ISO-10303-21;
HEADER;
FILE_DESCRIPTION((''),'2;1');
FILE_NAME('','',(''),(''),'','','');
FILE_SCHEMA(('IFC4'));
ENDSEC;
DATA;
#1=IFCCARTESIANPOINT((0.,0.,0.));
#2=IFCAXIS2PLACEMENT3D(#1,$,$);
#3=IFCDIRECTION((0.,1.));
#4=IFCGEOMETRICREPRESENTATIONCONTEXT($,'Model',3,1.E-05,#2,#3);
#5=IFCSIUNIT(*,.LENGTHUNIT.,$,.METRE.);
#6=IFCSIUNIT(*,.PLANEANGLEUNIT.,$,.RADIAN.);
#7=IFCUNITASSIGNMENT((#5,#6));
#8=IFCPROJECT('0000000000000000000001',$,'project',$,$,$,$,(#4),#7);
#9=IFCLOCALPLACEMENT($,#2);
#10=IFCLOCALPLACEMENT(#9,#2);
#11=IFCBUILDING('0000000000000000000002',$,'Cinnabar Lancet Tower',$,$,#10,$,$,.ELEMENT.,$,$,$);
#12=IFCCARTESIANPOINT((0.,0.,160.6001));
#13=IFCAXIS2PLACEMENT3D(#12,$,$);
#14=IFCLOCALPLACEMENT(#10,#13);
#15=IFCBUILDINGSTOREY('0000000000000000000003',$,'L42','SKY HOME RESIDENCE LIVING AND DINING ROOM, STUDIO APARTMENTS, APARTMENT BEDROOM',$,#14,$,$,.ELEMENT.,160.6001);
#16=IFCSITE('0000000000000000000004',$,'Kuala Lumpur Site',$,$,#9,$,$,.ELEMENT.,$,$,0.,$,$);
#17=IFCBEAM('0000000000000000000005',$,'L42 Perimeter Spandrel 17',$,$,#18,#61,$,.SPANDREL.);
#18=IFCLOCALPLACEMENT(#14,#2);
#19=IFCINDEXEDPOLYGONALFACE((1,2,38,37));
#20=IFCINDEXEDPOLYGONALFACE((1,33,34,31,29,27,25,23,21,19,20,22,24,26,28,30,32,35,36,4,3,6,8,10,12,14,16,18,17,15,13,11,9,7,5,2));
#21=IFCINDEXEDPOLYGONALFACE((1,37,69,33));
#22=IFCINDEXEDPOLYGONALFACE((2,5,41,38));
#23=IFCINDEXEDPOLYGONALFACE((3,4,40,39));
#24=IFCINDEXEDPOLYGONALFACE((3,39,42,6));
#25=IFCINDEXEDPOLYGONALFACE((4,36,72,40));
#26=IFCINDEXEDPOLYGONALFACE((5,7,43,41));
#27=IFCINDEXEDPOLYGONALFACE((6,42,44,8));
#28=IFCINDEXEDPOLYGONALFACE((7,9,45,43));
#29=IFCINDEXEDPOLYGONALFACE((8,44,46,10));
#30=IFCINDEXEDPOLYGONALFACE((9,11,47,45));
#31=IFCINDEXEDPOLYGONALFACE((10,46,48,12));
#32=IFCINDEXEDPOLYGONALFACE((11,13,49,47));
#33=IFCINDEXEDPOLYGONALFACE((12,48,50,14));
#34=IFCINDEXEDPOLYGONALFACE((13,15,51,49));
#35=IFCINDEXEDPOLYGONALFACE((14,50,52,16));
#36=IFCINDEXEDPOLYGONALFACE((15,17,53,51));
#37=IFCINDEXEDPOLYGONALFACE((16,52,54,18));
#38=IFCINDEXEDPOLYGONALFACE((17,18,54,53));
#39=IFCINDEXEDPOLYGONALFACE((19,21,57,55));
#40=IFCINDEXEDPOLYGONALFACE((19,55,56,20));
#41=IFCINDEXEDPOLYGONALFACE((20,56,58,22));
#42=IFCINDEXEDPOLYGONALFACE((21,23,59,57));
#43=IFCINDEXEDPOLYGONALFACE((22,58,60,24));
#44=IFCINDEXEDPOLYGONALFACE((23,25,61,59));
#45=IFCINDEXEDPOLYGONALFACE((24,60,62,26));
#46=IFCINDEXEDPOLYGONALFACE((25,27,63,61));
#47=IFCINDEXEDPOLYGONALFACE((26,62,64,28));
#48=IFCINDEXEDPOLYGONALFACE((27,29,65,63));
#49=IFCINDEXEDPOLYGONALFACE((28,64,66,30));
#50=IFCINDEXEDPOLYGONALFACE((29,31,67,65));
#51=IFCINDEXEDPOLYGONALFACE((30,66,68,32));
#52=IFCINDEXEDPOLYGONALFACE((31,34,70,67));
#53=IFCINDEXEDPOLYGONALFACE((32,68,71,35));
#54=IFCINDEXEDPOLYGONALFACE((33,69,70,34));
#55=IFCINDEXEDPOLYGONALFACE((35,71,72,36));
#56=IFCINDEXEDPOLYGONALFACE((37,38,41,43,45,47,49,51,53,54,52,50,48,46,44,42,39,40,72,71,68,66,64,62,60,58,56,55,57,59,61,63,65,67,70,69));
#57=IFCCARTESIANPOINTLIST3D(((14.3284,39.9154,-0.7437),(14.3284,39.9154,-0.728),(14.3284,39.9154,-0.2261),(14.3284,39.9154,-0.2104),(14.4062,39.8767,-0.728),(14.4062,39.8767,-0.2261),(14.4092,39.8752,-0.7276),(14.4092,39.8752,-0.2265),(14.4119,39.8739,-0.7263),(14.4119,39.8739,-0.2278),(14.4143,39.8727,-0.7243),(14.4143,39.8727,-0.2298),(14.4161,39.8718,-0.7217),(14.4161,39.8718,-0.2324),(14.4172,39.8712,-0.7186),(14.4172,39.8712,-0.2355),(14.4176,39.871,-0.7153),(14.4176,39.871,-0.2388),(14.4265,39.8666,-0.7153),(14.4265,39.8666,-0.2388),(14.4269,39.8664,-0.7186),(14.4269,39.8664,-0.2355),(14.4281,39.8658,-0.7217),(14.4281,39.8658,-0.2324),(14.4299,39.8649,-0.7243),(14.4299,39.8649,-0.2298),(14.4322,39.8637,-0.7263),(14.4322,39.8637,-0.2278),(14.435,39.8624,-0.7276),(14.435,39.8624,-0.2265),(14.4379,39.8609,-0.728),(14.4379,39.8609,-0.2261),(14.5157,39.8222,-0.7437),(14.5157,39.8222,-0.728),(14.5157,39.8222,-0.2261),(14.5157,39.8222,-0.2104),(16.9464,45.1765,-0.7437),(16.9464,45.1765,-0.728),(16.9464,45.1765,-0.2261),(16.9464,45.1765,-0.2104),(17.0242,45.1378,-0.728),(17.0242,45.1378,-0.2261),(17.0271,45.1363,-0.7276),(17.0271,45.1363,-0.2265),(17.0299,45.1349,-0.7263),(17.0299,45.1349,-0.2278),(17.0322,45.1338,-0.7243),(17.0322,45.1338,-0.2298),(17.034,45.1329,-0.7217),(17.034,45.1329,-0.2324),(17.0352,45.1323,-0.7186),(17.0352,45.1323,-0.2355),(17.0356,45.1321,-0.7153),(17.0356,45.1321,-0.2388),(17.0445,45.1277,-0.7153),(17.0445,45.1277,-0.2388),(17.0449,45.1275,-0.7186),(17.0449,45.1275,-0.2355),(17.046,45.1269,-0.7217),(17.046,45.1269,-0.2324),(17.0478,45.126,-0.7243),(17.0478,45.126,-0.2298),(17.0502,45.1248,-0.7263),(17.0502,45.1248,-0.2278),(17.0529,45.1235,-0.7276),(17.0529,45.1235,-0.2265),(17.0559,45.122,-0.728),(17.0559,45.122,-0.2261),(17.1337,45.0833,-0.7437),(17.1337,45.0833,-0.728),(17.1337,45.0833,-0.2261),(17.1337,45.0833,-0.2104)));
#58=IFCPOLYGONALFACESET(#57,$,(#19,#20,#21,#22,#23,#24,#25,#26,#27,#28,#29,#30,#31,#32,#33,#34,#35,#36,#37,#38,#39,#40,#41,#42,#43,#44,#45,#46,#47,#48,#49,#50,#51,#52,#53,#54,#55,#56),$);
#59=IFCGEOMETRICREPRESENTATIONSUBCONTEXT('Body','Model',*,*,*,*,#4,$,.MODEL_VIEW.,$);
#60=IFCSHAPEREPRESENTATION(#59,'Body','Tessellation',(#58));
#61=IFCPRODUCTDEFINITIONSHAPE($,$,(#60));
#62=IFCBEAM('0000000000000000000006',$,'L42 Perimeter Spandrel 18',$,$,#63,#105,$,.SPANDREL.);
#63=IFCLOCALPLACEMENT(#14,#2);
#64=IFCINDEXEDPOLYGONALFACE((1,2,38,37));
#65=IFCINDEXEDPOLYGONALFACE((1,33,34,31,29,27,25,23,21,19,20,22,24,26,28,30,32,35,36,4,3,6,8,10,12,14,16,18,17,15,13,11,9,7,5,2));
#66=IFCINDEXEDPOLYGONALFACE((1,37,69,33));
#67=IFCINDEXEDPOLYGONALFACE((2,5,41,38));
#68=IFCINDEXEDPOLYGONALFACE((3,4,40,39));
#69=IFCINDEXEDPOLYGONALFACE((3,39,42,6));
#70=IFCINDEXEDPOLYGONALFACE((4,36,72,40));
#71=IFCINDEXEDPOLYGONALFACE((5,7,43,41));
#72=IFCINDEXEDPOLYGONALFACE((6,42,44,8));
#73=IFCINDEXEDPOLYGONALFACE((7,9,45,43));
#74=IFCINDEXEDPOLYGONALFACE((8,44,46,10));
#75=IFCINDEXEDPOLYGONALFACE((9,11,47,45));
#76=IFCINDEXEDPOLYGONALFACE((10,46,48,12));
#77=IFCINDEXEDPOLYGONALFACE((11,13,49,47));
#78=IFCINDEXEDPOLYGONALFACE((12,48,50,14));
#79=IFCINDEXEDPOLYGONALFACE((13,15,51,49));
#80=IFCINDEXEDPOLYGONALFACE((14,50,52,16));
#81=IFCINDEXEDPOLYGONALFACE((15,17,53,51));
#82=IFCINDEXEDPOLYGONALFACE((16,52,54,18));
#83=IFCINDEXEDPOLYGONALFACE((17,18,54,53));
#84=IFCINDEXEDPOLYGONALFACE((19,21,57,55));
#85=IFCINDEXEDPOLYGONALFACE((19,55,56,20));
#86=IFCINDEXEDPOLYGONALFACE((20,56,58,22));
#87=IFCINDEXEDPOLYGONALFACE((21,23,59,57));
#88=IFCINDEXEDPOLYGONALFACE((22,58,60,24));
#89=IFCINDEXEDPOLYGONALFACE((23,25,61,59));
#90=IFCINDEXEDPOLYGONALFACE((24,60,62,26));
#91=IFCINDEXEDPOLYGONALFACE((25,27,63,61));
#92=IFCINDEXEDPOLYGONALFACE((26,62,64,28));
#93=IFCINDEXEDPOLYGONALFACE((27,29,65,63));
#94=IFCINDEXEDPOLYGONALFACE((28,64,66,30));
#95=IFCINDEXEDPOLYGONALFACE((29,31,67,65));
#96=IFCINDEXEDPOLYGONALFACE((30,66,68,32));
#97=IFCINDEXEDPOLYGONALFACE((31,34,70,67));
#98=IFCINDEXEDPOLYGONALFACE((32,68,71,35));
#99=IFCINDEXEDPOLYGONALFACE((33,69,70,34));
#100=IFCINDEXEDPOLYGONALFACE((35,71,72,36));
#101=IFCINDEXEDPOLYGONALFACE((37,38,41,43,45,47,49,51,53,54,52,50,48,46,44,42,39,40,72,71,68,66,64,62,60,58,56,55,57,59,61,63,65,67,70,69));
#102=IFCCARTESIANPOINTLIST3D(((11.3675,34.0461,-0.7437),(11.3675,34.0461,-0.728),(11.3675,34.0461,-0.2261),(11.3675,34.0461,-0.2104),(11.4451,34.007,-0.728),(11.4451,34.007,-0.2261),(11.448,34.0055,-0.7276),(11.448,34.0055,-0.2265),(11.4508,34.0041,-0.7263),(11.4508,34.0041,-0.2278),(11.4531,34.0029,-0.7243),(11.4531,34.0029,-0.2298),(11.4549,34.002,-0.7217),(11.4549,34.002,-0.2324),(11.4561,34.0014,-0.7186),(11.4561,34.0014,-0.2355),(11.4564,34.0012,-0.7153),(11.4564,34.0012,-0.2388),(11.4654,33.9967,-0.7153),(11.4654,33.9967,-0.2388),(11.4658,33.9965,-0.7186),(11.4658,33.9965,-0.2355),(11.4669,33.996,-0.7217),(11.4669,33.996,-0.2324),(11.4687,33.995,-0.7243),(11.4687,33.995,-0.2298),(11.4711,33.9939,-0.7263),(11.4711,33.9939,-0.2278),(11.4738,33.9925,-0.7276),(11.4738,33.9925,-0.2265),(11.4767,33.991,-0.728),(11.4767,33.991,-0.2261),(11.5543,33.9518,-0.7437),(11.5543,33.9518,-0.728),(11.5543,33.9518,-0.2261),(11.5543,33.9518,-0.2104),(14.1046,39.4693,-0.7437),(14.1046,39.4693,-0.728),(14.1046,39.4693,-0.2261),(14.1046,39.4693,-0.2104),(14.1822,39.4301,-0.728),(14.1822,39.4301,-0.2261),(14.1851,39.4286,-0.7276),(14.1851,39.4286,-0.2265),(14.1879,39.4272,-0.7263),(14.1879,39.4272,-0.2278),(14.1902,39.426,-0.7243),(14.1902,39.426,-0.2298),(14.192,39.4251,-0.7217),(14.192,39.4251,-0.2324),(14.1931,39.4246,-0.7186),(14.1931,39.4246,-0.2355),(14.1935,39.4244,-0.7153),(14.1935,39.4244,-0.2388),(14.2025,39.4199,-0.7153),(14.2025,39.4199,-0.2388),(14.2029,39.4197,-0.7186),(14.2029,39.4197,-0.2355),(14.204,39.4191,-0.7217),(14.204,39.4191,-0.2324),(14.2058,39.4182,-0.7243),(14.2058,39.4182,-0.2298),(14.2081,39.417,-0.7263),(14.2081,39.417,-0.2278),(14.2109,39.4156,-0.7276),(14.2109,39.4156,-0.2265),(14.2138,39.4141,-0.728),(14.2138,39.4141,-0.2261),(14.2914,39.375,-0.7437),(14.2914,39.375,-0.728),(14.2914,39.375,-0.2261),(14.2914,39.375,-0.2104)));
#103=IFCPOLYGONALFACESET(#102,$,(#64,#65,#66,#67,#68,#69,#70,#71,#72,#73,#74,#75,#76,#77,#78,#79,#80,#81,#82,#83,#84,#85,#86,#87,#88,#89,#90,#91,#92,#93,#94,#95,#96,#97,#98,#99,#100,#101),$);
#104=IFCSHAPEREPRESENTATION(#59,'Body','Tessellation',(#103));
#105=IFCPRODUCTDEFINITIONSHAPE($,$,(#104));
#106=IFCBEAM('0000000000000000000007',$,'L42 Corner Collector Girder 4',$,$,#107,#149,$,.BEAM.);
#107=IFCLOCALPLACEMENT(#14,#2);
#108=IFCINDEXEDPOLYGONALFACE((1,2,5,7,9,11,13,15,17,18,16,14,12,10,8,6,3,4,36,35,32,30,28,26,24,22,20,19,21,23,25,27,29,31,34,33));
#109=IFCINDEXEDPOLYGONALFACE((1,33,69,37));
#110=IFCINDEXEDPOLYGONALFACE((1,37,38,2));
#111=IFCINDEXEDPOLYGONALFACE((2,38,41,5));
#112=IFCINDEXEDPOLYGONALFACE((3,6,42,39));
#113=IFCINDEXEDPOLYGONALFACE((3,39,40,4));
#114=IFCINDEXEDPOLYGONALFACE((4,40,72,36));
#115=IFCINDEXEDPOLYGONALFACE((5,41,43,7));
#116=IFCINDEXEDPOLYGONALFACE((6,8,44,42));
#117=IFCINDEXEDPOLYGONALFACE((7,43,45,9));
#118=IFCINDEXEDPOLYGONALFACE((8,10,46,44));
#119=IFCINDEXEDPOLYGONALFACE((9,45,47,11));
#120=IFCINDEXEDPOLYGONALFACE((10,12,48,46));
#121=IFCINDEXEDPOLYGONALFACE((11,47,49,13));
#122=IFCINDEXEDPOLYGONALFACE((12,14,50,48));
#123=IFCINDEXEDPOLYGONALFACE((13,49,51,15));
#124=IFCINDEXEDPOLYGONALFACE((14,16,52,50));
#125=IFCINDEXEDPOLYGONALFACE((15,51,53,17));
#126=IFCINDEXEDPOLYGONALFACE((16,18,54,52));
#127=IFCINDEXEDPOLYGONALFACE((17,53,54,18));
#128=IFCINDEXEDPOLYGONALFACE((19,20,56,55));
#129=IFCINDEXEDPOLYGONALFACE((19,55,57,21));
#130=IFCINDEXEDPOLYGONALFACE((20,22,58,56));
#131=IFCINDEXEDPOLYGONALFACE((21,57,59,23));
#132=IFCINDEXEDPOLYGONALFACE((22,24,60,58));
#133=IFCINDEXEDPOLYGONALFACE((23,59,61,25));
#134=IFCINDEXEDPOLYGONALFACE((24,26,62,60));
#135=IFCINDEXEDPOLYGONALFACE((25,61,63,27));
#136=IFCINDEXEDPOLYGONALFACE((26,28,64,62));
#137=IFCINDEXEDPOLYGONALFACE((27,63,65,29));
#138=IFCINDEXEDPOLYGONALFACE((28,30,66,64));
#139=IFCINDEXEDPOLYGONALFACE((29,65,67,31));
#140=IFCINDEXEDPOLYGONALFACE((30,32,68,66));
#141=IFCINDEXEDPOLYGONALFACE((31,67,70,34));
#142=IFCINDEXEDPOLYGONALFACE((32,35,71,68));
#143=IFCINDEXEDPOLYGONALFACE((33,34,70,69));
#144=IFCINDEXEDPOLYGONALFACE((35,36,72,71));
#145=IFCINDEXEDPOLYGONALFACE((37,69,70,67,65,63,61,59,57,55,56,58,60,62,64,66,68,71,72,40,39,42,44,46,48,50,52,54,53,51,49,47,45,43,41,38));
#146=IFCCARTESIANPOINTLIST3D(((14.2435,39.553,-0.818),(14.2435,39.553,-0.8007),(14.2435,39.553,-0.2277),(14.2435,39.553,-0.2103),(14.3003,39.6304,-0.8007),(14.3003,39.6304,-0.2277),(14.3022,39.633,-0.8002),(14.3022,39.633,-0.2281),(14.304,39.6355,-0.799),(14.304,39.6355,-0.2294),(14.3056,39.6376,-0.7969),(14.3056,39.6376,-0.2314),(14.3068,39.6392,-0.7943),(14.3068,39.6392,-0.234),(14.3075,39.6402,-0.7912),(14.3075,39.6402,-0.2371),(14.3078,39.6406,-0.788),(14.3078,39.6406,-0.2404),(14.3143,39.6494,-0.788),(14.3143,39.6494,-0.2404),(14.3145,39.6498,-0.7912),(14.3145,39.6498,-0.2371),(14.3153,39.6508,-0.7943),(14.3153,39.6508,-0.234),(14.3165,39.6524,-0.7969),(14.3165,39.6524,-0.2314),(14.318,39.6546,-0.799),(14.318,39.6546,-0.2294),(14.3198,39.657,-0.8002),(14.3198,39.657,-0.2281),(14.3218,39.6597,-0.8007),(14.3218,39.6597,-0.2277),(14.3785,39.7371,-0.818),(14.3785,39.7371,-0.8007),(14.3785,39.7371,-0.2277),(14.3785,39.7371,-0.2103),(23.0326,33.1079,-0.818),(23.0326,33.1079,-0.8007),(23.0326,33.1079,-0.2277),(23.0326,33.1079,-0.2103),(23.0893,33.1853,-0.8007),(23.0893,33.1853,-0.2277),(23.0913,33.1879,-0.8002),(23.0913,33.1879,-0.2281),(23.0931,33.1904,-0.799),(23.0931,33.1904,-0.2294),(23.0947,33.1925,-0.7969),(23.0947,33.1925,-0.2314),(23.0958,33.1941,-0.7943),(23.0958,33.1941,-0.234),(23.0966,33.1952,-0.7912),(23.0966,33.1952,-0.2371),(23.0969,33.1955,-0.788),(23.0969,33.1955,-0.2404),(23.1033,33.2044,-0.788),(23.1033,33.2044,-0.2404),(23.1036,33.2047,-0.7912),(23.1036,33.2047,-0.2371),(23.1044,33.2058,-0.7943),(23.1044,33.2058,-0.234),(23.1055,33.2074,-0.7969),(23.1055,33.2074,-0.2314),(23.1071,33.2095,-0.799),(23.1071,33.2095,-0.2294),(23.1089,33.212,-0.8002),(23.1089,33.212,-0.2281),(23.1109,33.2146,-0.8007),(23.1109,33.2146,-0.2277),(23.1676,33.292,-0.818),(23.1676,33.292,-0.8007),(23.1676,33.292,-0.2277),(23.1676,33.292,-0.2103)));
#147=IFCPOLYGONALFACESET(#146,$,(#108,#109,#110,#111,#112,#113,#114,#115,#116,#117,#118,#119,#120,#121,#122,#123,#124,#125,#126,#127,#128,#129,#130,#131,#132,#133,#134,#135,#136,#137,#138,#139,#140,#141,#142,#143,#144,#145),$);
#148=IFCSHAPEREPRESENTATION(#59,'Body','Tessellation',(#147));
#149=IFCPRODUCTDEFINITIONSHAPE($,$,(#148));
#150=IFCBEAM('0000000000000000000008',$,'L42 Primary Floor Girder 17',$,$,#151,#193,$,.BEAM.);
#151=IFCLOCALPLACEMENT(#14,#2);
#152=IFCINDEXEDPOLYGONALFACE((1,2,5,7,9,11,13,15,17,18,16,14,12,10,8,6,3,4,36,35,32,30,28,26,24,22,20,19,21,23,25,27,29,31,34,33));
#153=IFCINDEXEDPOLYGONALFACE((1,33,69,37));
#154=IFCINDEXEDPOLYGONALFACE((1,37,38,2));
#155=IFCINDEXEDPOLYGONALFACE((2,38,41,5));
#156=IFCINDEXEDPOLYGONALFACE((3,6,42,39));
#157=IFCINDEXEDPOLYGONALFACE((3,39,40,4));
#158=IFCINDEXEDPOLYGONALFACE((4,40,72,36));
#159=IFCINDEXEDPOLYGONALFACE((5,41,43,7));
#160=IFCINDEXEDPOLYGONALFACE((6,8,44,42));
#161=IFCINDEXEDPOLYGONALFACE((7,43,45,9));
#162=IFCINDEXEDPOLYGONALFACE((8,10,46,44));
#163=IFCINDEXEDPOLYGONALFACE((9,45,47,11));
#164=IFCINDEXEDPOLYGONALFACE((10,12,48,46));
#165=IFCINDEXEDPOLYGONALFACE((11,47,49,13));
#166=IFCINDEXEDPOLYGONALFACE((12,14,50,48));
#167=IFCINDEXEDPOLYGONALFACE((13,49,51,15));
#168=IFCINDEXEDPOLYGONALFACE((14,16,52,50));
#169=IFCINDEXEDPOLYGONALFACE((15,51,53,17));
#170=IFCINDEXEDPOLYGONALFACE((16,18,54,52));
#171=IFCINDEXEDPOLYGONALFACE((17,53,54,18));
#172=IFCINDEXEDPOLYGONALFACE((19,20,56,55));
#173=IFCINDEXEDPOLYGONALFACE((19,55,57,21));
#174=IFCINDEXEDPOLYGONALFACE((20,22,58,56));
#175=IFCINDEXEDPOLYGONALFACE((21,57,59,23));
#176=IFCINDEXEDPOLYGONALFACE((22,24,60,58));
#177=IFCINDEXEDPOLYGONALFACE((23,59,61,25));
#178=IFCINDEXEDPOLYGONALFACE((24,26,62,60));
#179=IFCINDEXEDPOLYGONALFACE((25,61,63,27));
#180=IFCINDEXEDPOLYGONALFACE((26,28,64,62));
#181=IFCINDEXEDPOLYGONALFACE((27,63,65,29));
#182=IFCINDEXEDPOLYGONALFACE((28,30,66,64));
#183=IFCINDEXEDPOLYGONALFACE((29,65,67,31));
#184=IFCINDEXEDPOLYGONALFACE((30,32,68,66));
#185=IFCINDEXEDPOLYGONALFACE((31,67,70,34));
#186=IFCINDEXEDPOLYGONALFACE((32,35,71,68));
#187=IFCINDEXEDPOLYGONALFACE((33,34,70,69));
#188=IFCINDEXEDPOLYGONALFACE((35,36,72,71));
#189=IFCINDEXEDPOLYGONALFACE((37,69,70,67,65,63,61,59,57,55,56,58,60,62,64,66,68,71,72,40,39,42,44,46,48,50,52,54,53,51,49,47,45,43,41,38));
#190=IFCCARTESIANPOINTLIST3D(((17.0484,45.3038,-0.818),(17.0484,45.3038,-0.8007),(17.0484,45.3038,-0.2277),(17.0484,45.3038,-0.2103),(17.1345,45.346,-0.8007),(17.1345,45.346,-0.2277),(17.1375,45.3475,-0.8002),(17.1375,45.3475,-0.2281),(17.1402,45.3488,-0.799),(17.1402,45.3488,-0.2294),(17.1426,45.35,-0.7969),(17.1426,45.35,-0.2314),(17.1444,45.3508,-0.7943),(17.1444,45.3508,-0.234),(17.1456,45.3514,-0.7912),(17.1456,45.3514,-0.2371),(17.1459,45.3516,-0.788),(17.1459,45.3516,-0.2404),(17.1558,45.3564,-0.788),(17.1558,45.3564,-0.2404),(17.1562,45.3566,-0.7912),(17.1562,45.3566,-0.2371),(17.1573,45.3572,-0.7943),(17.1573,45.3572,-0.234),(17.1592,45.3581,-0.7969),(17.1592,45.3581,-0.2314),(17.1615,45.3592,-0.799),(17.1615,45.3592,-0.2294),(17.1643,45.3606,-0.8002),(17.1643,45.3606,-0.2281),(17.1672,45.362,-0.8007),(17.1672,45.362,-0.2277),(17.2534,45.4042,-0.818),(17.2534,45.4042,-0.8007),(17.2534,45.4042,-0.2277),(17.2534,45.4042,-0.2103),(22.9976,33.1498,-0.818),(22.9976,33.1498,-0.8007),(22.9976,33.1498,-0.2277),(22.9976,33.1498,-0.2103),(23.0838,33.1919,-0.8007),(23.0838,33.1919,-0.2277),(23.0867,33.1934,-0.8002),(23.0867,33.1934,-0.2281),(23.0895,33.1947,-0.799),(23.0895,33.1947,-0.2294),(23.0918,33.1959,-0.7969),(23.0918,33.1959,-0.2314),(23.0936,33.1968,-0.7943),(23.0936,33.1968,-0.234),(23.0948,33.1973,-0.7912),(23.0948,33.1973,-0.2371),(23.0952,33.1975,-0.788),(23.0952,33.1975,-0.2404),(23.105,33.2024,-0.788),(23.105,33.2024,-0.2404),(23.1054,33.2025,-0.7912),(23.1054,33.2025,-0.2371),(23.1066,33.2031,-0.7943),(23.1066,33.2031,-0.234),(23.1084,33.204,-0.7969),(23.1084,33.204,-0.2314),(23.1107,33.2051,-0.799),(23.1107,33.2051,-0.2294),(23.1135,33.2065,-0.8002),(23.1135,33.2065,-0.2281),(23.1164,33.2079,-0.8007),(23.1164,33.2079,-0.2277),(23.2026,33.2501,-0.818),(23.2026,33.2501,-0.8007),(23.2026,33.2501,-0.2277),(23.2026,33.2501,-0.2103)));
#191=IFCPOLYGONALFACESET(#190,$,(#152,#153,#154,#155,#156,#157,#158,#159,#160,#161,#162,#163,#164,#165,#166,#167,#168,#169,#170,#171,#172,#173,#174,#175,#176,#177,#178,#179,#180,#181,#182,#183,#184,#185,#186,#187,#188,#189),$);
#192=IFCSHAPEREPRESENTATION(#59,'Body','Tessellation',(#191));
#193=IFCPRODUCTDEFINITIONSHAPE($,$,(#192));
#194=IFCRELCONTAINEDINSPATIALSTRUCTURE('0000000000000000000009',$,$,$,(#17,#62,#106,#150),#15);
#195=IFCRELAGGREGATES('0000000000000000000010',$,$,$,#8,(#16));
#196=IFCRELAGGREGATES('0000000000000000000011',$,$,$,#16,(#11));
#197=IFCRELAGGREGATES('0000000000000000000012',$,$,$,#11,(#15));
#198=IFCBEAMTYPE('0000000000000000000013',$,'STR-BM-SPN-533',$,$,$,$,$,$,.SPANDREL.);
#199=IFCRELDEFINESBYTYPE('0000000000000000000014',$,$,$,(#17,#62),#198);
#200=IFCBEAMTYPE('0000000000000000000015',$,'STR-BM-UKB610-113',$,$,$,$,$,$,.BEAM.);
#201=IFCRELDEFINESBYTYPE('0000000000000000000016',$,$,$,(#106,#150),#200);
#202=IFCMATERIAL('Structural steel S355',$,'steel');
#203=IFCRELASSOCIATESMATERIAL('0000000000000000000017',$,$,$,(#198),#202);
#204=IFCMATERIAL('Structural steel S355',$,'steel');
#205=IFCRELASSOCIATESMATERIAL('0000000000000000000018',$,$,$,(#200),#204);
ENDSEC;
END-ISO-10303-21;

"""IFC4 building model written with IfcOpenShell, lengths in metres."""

from ifc_helpers import new_model, si_unit, direction, frame, origin, origin_2d, place, context, subcontext, project, spatial, i_section, extrude, material, material_profile, profile_set, type_object, element, save


model = new_model("IFC4")

# Units and contexts
model_context = context("Model", 3, precision=1e-05, world=origin(), true_north=direction((0.0, 1.0)))
body_context = subcontext(model_context, "Body", "Model", "MODEL_VIEW")
ifc_project = project(units=[si_unit("LENGTHUNIT", "METRE"), si_unit("PLANEANGLEUNIT", "RADIAN")], contexts=[model_context])

# Site, building, storey
site_placement = place(None, origin())
site = spatial("IfcSite", under=ifc_project, at=site_placement, Name="Kuala Lumpur Site", CompositionType="ELEMENT", RefElevation=0.0)
building_placement = place(site_placement, origin())
building = spatial("IfcBuilding", under=site, at=building_placement, Name="Cinnabar Lancet Tower", CompositionType="ELEMENT")
storey_placement = place(building_placement, frame((0.0, 0.0, 160.6001)))
storey = spatial("IfcBuildingStorey", under=building, at=storey_placement, Name="L42", Description="SKY HOME RESIDENCE LIVING AND DINING ROOM, STUDIO APARTMENTS, APARTMENT BEDROOM", CompositionType="ELEMENT", Elevation=160.6001)

# Beams
ifc_material_1 = material(Name="Structural steel S355", Category="steel")
ifc_material_profile_1 = material_profile(ifc_material_1, i_section(OverallWidth=0.2092, OverallDepth=0.5332, WebThickness=0.01, FlangeThickness=0.0156, FilletRadius=0.0127, at=origin_2d()), Name="UKB 533x210x92")
ifc_profile_set_1 = profile_set([ifc_material_profile_1], Name="Structural steel S355")
beam_type_1 = type_object("IfcBeamType", Name="STR-BM-SPN-533", PredefinedType="SPANDREL", material=ifc_profile_set_1)
beam_1_placement = place(storey_placement, frame((17.04, 45.1299, -0.4771), z_axis=(-0.445501, -0.895281, 0.0), x_axis=(0.895281, -0.445501, 0.0)))
element("IfcBeam", 1, at=beam_1_placement, inside=storey, type_object=beam_type_1, Name="L42 Perimeter Spandrel 17", PredefinedType="SPANDREL", context=body_context, shape_type="SweptSolid", body=[
    extrude(i_section(OverallWidth=0.2092, OverallDepth=0.5332, WebThickness=0.01, FlangeThickness=0.0156, FilletRadius=0.0127, at=origin_2d()), origin(), (0.0, 0.0, 1.0), 5.8765),
])
beam_2_placement = place(storey_placement, frame((14.198, 39.4221, -0.4771), z_axis=(-0.45057, -0.892741, 0.0), x_axis=(0.892741, -0.45057, 0.0)))
element("IfcBeam", 2, at=beam_2_placement, inside=storey, type_object=beam_type_1, Name="L42 Perimeter Spandrel 18", PredefinedType="SPANDREL", context=body_context, shape_type="SweptSolid", body=[
    extrude(i_section(OverallWidth=0.2092, OverallDepth=0.5332, WebThickness=0.01, FlangeThickness=0.0156, FilletRadius=0.0127, at=origin_2d()), origin(), (0.0, 0.0, 1.0), 6.0747),
])
ifc_material_2 = material(Name="Structural steel S355", Category="steel")
ifc_material_profile_2 = material_profile(ifc_material_2, i_section(OverallWidth=0.2283, OverallDepth=0.6077, WebThickness=0.011, FlangeThickness=0.0173, FilletRadius=0.0127, at=origin_2d()), Name="UKB 610x229x113")
ifc_profile_set_2 = profile_set([ifc_material_profile_2], Name="Structural steel S355")
beam_type_2 = type_object("IfcBeamType", Name="STR-BM-UKB610-113", PredefinedType="BEAM", material=ifc_profile_set_2)
beam_3_placement = place(storey_placement, frame((14.311, 39.645, -0.5142), z_axis=(0.806416, -0.591349, 0.0), x_axis=(0.591349, 0.806416, 0.0)))
element("IfcBeam", 3, at=beam_3_placement, inside=storey, type_object=beam_type_2, Name="L42 Corner Collector Girder 4", PredefinedType="BEAM", context=body_context, shape_type="SweptSolid", body=[
    extrude(i_section(OverallWidth=0.2283, OverallDepth=0.6077, WebThickness=0.011, FlangeThickness=0.0173, FilletRadius=0.0127, at=origin_2d()), origin(), (0.0, 0.0, 1.0), 10.8989),
])
beam_4_placement = place(storey_placement, frame((17.1509, 45.354, -0.5142), z_axis=(0.439642, -0.898173, 0.0), x_axis=(0.898173, 0.439642, 0.0)))
element("IfcBeam", 4, at=beam_4_placement, inside=storey, type_object=beam_type_2, Name="L42 Primary Floor Girder 17", PredefinedType="BEAM", context=body_context, shape_type="SweptSolid", body=[
    extrude(i_section(OverallWidth=0.2283, OverallDepth=0.6077, WebThickness=0.011, FlangeThickness=0.0173, FilletRadius=0.0127, at=origin_2d()), origin(), (0.0, 0.0, 1.0), 13.532),
])

save(model, "model.ifc")
